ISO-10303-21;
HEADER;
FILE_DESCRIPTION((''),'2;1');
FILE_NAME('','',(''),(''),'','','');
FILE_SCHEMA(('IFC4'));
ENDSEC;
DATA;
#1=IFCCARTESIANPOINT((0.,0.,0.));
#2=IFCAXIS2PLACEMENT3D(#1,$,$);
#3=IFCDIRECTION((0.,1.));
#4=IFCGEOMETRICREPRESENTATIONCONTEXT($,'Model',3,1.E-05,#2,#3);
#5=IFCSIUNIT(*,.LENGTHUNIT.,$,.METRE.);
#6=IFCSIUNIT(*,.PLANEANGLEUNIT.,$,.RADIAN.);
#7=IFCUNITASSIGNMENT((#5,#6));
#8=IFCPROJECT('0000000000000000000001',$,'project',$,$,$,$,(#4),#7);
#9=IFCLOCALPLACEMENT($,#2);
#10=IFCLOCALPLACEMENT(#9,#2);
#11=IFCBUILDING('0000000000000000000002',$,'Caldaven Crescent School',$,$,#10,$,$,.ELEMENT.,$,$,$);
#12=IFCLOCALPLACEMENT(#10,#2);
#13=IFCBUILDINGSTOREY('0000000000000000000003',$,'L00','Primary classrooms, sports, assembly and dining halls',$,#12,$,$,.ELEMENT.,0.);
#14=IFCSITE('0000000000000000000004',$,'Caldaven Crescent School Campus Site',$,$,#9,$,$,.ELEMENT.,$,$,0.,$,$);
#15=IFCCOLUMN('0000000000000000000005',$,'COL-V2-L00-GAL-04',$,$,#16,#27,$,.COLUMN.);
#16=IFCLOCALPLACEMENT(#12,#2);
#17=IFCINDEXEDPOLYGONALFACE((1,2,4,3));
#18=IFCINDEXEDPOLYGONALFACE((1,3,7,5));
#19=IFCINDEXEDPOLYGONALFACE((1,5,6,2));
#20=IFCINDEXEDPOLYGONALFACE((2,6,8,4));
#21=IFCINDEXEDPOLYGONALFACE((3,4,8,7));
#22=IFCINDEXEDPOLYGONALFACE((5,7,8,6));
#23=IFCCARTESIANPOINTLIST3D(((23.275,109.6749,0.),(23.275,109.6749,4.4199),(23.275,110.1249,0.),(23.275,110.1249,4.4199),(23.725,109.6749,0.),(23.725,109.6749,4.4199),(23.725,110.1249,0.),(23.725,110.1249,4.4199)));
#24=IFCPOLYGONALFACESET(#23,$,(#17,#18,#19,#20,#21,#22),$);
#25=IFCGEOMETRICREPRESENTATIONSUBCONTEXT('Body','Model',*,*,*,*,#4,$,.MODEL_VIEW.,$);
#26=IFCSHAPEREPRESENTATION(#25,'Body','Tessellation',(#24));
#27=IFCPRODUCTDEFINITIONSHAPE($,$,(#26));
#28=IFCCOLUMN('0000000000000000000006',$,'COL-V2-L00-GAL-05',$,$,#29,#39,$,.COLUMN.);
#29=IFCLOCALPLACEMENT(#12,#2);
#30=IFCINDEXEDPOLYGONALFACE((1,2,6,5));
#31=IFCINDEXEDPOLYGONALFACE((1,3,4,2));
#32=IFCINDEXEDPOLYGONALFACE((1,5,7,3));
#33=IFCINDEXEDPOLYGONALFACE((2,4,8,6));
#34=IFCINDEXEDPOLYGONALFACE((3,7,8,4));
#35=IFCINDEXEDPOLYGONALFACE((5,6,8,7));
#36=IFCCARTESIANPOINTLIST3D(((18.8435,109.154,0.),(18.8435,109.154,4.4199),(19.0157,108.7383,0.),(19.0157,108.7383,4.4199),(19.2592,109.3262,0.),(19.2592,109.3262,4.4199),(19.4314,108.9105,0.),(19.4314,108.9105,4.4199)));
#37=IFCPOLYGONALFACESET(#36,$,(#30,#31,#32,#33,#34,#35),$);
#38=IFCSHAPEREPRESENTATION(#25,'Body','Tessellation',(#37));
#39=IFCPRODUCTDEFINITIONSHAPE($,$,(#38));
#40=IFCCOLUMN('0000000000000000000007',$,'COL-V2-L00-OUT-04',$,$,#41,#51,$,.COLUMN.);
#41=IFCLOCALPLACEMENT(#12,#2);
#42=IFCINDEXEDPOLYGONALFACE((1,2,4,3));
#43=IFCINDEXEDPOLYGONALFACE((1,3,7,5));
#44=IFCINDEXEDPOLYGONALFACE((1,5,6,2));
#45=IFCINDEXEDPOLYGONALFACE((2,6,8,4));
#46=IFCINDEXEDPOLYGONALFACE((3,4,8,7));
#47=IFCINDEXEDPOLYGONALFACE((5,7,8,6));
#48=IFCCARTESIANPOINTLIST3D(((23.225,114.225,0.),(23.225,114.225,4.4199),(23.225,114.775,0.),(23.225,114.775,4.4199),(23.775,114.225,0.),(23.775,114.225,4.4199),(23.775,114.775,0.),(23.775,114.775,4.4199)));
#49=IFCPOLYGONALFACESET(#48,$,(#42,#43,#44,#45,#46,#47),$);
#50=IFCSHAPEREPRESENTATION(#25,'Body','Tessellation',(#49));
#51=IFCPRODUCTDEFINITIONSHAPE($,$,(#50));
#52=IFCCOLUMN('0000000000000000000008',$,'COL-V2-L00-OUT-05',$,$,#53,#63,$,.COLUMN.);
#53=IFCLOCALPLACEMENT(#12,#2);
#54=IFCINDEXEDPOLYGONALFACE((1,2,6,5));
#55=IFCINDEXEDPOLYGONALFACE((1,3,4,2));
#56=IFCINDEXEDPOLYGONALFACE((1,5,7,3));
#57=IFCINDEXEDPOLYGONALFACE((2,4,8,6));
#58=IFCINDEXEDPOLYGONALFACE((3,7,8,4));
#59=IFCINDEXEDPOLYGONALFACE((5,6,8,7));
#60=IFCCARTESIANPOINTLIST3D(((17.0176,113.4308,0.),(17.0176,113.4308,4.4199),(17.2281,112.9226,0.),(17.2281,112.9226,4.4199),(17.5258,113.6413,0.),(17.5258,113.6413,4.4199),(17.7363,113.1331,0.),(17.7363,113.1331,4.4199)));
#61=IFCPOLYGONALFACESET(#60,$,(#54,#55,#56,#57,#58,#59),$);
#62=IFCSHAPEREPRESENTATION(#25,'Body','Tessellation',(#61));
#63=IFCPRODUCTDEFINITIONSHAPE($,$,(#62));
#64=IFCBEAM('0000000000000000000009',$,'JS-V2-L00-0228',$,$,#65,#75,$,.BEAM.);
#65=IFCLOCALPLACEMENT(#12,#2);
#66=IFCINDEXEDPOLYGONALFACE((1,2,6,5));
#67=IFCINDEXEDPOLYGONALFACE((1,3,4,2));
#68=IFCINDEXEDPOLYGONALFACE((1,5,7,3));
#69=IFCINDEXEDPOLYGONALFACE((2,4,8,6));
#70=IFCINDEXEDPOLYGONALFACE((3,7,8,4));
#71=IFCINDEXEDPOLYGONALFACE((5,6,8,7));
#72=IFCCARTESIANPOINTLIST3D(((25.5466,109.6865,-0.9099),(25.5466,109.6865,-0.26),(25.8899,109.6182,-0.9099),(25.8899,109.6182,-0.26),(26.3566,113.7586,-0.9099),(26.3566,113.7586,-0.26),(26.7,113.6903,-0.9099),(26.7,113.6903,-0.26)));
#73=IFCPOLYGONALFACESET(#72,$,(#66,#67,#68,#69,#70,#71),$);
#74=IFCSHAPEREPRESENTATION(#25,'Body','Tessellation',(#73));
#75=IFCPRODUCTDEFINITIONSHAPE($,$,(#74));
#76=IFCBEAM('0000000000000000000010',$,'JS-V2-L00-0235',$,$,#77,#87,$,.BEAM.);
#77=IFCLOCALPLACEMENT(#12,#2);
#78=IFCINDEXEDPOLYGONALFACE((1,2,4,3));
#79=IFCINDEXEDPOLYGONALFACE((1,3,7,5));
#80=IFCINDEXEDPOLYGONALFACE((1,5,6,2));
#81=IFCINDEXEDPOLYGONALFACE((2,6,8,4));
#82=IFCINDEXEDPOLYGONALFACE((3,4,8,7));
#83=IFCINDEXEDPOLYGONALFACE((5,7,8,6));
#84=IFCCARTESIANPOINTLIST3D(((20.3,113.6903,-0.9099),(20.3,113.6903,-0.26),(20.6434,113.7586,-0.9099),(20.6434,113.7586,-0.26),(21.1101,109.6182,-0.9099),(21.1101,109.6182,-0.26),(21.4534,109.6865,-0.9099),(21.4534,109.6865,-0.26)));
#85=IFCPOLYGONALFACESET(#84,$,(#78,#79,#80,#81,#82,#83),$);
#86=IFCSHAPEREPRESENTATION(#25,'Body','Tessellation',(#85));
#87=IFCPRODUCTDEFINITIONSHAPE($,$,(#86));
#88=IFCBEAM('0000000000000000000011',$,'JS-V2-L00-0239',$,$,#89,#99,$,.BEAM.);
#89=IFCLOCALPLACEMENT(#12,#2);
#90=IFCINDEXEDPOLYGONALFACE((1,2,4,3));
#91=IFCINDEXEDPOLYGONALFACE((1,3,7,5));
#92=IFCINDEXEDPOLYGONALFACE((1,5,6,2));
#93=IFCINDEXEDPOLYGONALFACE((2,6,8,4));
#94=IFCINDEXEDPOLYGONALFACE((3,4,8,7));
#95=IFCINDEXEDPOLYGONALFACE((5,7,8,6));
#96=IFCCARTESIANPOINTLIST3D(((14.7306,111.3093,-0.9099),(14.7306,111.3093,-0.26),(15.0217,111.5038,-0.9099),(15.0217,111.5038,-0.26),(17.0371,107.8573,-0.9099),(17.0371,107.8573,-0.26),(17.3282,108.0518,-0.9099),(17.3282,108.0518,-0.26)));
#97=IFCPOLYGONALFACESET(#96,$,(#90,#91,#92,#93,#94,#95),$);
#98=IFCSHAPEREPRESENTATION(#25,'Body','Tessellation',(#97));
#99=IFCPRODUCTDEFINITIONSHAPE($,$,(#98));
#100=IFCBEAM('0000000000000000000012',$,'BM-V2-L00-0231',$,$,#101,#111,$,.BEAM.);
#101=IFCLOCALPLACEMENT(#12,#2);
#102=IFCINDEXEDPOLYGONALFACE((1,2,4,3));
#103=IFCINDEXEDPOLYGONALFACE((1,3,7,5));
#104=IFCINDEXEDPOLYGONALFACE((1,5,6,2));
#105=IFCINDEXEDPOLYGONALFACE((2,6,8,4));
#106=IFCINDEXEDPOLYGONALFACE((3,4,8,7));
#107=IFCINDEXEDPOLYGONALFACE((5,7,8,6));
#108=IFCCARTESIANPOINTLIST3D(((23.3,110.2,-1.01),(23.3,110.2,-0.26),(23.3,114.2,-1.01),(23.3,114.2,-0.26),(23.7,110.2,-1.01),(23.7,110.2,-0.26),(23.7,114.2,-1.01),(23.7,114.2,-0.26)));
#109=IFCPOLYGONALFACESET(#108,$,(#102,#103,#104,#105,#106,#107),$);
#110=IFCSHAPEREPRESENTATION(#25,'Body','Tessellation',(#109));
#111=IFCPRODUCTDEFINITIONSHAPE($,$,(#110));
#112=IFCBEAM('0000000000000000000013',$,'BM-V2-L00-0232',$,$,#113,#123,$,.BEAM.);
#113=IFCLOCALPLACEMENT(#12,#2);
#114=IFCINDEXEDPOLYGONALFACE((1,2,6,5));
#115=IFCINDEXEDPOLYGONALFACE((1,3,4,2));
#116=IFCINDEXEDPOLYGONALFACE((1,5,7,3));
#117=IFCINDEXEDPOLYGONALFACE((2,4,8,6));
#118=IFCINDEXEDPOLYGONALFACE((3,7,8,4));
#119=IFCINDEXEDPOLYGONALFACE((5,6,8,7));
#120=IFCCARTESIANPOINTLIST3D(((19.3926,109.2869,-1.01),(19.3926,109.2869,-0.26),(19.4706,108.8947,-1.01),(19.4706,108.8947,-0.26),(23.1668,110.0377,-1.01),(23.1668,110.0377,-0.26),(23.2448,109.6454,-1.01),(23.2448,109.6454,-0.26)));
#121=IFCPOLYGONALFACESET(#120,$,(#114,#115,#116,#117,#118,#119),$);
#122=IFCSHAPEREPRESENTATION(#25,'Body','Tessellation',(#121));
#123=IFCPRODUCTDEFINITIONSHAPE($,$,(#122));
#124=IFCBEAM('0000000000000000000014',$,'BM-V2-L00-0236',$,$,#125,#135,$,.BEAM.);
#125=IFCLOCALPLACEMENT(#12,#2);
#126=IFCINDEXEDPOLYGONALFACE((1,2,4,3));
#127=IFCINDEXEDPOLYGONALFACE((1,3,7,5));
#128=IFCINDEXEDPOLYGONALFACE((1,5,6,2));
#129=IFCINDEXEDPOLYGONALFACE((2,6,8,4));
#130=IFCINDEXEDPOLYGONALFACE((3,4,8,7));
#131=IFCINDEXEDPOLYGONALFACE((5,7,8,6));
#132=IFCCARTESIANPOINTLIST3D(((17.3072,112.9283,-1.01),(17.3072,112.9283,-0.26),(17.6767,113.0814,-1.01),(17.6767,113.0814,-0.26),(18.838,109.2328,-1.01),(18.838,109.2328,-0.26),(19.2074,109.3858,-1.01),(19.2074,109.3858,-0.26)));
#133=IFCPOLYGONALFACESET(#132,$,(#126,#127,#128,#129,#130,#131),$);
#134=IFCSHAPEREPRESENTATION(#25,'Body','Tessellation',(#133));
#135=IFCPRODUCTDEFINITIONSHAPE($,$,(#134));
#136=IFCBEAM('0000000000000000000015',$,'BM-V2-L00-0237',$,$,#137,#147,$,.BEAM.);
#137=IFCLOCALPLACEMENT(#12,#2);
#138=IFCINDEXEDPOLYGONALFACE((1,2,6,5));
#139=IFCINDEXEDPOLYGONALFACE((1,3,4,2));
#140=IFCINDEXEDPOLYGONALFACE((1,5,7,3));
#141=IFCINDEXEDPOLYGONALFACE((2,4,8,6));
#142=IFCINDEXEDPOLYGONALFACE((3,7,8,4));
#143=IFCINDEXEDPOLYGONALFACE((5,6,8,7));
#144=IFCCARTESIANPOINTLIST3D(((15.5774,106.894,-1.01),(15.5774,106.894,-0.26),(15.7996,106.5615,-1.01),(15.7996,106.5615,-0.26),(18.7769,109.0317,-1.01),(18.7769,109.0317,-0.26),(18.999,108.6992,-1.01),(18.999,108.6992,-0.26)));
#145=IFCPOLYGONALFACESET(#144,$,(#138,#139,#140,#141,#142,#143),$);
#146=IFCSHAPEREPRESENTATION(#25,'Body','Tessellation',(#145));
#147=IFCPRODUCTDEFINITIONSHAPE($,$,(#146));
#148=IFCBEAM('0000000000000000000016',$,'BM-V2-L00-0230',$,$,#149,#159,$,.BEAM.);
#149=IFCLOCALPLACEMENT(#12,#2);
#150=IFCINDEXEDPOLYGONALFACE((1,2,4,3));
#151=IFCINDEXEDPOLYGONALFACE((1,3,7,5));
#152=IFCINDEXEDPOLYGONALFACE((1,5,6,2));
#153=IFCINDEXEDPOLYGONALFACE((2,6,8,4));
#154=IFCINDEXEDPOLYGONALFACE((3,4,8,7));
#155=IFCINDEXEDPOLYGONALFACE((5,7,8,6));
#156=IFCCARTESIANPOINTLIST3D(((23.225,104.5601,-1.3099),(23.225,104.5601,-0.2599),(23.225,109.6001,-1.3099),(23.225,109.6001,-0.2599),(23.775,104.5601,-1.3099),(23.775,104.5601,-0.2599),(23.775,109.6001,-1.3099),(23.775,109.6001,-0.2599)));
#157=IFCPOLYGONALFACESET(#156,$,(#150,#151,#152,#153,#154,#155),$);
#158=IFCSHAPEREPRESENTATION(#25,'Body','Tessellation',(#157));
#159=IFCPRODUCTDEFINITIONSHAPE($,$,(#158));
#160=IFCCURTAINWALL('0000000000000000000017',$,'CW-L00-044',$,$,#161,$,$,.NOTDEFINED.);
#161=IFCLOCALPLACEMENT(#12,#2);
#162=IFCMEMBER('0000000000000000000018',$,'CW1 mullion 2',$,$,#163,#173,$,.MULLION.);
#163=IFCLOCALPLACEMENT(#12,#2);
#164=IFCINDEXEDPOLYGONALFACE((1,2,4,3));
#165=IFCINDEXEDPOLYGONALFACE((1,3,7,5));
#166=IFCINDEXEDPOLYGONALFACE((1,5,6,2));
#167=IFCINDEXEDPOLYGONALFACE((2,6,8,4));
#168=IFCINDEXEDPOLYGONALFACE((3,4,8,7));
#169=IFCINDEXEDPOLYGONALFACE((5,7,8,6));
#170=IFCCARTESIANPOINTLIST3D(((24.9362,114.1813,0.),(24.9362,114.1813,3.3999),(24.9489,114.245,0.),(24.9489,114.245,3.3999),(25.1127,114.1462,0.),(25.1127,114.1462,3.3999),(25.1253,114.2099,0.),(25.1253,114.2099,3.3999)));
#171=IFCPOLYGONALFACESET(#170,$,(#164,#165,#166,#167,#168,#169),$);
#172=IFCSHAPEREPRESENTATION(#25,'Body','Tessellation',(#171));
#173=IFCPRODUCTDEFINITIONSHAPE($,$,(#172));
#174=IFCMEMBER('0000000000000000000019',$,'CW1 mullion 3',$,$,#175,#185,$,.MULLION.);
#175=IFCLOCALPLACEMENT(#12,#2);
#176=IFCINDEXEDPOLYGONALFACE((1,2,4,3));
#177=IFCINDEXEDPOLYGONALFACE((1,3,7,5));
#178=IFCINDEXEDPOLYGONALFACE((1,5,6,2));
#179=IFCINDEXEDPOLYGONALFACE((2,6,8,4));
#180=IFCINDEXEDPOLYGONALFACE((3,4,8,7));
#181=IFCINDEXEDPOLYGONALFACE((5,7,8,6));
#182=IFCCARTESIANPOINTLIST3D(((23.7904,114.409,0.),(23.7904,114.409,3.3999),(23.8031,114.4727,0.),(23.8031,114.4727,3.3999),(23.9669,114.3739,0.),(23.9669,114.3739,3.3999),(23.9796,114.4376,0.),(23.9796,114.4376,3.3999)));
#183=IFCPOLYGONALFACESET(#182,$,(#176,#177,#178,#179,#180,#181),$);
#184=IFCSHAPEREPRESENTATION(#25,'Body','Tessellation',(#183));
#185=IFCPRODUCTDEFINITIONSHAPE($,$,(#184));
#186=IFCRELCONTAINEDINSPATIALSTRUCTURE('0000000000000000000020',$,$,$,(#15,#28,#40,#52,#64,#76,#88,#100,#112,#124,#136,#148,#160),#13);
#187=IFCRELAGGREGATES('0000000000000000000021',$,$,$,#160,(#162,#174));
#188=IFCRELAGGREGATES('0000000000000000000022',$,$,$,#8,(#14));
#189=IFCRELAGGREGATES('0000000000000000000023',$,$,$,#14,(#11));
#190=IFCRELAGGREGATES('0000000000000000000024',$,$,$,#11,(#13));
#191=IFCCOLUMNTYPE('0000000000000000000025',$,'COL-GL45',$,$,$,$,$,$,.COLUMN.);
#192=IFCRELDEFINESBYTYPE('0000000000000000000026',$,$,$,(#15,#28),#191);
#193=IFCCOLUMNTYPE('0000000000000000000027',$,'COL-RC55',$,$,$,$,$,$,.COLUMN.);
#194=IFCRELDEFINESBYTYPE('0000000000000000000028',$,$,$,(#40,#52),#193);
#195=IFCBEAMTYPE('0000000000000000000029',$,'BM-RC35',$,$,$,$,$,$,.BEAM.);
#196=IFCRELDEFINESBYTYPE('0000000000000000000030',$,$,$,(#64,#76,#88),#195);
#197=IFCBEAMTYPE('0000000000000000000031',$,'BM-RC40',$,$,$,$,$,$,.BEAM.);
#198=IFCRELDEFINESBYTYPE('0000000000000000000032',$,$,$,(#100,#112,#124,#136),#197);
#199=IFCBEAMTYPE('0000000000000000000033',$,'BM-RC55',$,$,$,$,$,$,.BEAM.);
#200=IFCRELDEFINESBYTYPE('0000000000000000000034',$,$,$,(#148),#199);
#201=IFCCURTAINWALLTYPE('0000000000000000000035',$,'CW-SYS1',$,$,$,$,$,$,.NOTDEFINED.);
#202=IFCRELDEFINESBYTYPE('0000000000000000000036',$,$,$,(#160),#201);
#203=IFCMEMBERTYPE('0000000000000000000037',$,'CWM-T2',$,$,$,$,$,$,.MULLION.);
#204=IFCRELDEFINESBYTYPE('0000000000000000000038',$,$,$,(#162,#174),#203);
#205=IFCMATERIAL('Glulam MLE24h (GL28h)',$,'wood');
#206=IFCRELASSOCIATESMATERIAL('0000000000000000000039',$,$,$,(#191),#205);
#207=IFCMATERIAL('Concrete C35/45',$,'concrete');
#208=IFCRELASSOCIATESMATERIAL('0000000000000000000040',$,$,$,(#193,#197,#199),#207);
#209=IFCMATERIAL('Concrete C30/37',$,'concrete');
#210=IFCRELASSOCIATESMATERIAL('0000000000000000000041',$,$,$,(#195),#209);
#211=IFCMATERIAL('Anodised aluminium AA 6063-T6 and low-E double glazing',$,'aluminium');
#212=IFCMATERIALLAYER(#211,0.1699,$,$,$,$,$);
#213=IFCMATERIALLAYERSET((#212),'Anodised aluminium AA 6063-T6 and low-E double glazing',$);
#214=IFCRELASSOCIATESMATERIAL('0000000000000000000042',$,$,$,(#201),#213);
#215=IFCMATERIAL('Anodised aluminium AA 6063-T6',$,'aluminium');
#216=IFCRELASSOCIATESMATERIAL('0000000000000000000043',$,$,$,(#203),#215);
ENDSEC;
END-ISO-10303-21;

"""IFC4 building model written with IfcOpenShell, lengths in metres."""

from ifc_helpers import new_model, si_unit, direction, frame, origin, origin_2d, place, context, subcontext, project, spatial, rectangle, extrude, material, layer, layer_set, material_profile, profile_set, type_object, element, aggregate, save


model = new_model("IFC4")

# Units and contexts
model_context = context("Model", 3, precision=1e-05, world=origin(), true_north=direction((0.0, 1.0)))
body_context = subcontext(model_context, "Body", "Model", "MODEL_VIEW")
ifc_project = project(units=[si_unit("LENGTHUNIT", "METRE"), si_unit("PLANEANGLEUNIT", "RADIAN")], contexts=[model_context])

# Site, building, storey
site_placement = place(None, origin())
site = spatial("IfcSite", under=ifc_project, at=site_placement, Name="Caldaven Crescent School Campus Site", CompositionType="ELEMENT", RefElevation=0.0)
building_placement = place(site_placement, origin())
building = spatial("IfcBuilding", under=site, at=building_placement, Name="Caldaven Crescent School", CompositionType="ELEMENT")
storey_placement = place(building_placement, origin())
storey = spatial("IfcBuildingStorey", under=building, at=storey_placement, Name="L00", Description="Primary classrooms, sports, assembly and dining halls", CompositionType="ELEMENT", Elevation=0.0)

# Columns
ifc_material_1 = material(Name="Glulam MLE24h (GL28h)", Category="wood")
ifc_material_profile_1 = material_profile(ifc_material_1, rectangle(XDim=0.45, YDim=0.45, at=origin_2d()), Name="MLE 450x450")
ifc_profile_set_1 = profile_set([ifc_material_profile_1], Name="Glulam MLE24h (GL28h)")
column_type_1 = type_object("IfcColumnType", Name="COL-GL45", PredefinedType="COLUMN", material=ifc_profile_set_1)
for number, where, z_axis, x_axis, name in (
    (1, (23.5, 109.8999, 0.0), (0.0, 0.0, 1.0), (0.0, 1.0, 0.0), "COL-V2-L00-GAL-04"),
    (2, (19.1375, 109.0322, 0.0), (0.0, 0.0, 1.0), (-0.382683, 0.92388, 0.0), "COL-V2-L00-GAL-05"),
):
    element("IfcColumn", number, at=place(storey_placement, frame(where, z_axis=z_axis, x_axis=x_axis)), inside=storey, type_object=column_type_1, Name=name, PredefinedType="COLUMN", context=body_context, shape_type="SweptSolid", body=[
        extrude(rectangle(XDim=0.45, YDim=0.45, at=origin_2d()), origin(), (0.0, 0.0, 1.0), 4.4199),
    ])
ifc_material_2 = material(Name="Concrete C35/45", Category="concrete")
ifc_material_profile_2 = material_profile(ifc_material_2, rectangle(XDim=0.55, YDim=0.55, at=origin_2d()), Name="RC 550x550")
ifc_profile_set_2 = profile_set([ifc_material_profile_2], Name="Concrete C35/45")
column_type_2 = type_object("IfcColumnType", Name="COL-RC55", PredefinedType="COLUMN", material=ifc_profile_set_2)
for number, where, z_axis, x_axis, name in (
    (3, (23.5, 114.5, 0.0), (0.0, 0.0, 1.0), (0.0, 1.0, 0.0), "COL-V2-L00-OUT-04"),
    (4, (17.377, 113.282, 0.0), (0.0, 0.0, 1.0), (-0.382683, 0.92388, 0.0), "COL-V2-L00-OUT-05"),
):
    element("IfcColumn", number, at=place(storey_placement, frame(where, z_axis=z_axis, x_axis=x_axis)), inside=storey, type_object=column_type_2, Name=name, PredefinedType="COLUMN", context=body_context, shape_type="SweptSolid", body=[
        extrude(rectangle(XDim=0.55, YDim=0.55, at=origin_2d()), origin(), (0.0, 0.0, 1.0), 4.4199),
    ])

# Beams
ifc_material_3 = material(Name="Concrete C30/37", Category="concrete")
ifc_material_profile_3 = material_profile(ifc_material_3, rectangle(XDim=0.3501, YDim=0.6499, at=origin_2d()), Name="RC 350x650")
ifc_profile_set_3 = profile_set([ifc_material_profile_3], Name="Concrete C30/37")
beam_type_1 = type_object("IfcBeamType", Name="BM-RC35", PredefinedType="BEAM", material=ifc_profile_set_3)
for number, where, z_axis, x_axis, name in (
    (5, (25.7183, 109.6523, -0.585), (0.19511, 0.980781, 0.0), (-0.980781, 0.19511, 0.0), "JS-V2-L00-0228"),
    (6, (21.2817, 109.6523, -0.585), (-0.19511, 0.980781, 0.0), (-0.980781, -0.19511, 0.0), "JS-V2-L00-0235"),
):
    element("IfcBeam", number, at=place(storey_placement, frame(where, z_axis=z_axis, x_axis=x_axis)), inside=storey, type_object=beam_type_1, Name=name, PredefinedType="BEAM", context=body_context, shape_type="SweptSolid", body=[
        extrude(rectangle(XDim=0.3501, YDim=0.6499, at=origin_2d()), origin(), (0.0, 0.0, 1.0), 4.1519),
    ])
beam_1_placement = place(storey_placement, frame((17.1826, 107.9546, -0.585), z_axis=(-0.555555, 0.83148, 0.0), x_axis=(-0.83148, -0.555555, 0.0)))
element("IfcBeam", 7, at=beam_1_placement, inside=storey, type_object=beam_type_1, Name="JS-V2-L00-0239", PredefinedType="BEAM", context=body_context, shape_type="SweptSolid", body=[
    extrude(rectangle(XDim=0.3501, YDim=0.6499, at=origin_2d()), origin(), (0.0, 0.0, 1.0), 4.1516),
])
ifc_material_profile_4 = material_profile(ifc_material_2, rectangle(XDim=0.3999, YDim=0.75, at=origin_2d()), Name="RC 400x750")
ifc_profile_set_4 = profile_set([ifc_material_profile_4], Name="Concrete C35/45")
beam_type_2 = type_object("IfcBeamType", Name="BM-RC40", PredefinedType="BEAM", material=ifc_profile_set_4)
beam_2_placement = place(storey_placement, frame((23.5, 110.2, -0.635), z_axis=(0.0, 1.0, 0.0), x_axis=(-1.0, 0.0, 0.0)))
element("IfcBeam", 8, at=beam_2_placement, inside=storey, type_object=beam_type_2, Name="BM-V2-L00-0231", PredefinedType="BEAM", context=body_context, shape_type="SweptSolid", body=[
    extrude(rectangle(XDim=0.3999, YDim=0.75, at=origin_2d()), origin(), (0.0, 0.0, 1.0), 4.0),
])
beam_3_placement = place(storey_placement, frame((23.2058, 109.8416, -0.635), z_axis=(-0.980785, -0.195091, 0.0), x_axis=(0.195091, -0.980785, 0.0)))
element("IfcBeam", 9, at=beam_3_placement, inside=storey, type_object=beam_type_2, Name="BM-V2-L00-0232", PredefinedType="BEAM", context=body_context, shape_type="SweptSolid", body=[
    extrude(rectangle(XDim=0.3999, YDim=0.75, at=origin_2d()), origin(), (0.0, 0.0, 1.0), 3.8481),
])
beam_4_placement = place(storey_placement, frame((19.0227, 109.3093, -0.635), z_axis=(-0.382686, 0.923878, 0.0), x_axis=(-0.923878, -0.382686, 0.0)))
element("IfcBeam", 10, at=beam_4_placement, inside=storey, type_object=beam_type_2, Name="BM-V2-L00-0236", PredefinedType="BEAM", context=body_context, shape_type="SweptSolid", body=[
    extrude(rectangle(XDim=0.3999, YDim=0.75, at=origin_2d()), origin(), (0.0, 0.0, 1.0), 4.0),
])
beam_5_placement = place(storey_placement, frame((18.8879, 108.8655, -0.635), z_axis=(-0.831484, -0.555549, 0.0), x_axis=(0.555549, -0.831484, 0.0)))
element("IfcBeam", 11, at=beam_5_placement, inside=storey, type_object=beam_type_2, Name="BM-V2-L00-0237", PredefinedType="BEAM", context=body_context, shape_type="SweptSolid", body=[
    extrude(rectangle(XDim=0.3999, YDim=0.75, at=origin_2d()), origin(), (0.0, 0.0, 1.0), 3.8479),
])
ifc_material_profile_5 = material_profile(ifc_material_2, rectangle(XDim=0.55, YDim=1.05, at=origin_2d()), Name="RC 550x1050")
ifc_profile_set_5 = profile_set([ifc_material_profile_5], Name="Concrete C35/45")
beam_type_3 = type_object("IfcBeamType", Name="BM-RC55", PredefinedType="BEAM", material=ifc_profile_set_5)
beam_6_placement = place(storey_placement, frame((23.5, 104.5601, -0.7849), z_axis=(0.0, 1.0, 0.0), x_axis=(-1.0, 0.0, 0.0)))
element("IfcBeam", 12, at=beam_6_placement, inside=storey, type_object=beam_type_3, Name="BM-V2-L00-0230", PredefinedType="BEAM", context=body_context, shape_type="SweptSolid", body=[
    extrude(rectangle(XDim=0.55, YDim=1.05, at=origin_2d()), origin(), (0.0, 0.0, 1.0), 5.04),
])

# Curtain wall, members
ifc_material_4 = material(Name="Anodised aluminium AA 6063-T6 and low-E double glazing", Category="aluminium")
ifc_layer_1 = layer(ifc_material_4, 0.1699)
ifc_layer_set_1 = layer_set([ifc_layer_1], Name="Anodised aluminium AA 6063-T6 and low-E double glazing")
curtain_wall_type_1 = type_object("IfcCurtainWallType", Name="CW-SYS1", PredefinedType="NOTDEFINED", material=ifc_layer_set_1)
curtain_wall_1_placement = place(storey_placement, origin())
curtain_wall_1 = element("IfcCurtainWall", 13, at=curtain_wall_1_placement, inside=storey, type_object=curtain_wall_type_1, Name="CW-L00-044", PredefinedType="NOTDEFINED")
ifc_material_5 = material(Name="Anodised aluminium AA 6063-T6", Category="aluminium")
ifc_material_profile_6 = material_profile(ifc_material_5, rectangle(XDim=0.0649, YDim=0.1799, at=origin_2d()), Name="CWM 65x180")
ifc_profile_set_6 = profile_set([ifc_material_profile_6], Name="Anodised aluminium AA 6063-T6")
member_type_1 = type_object("IfcMemberType", Name="CWM-T2", PredefinedType="MULLION", material=ifc_profile_set_6)
member_1_placement = place(storey_placement, frame((25.0308, 114.1956, 0.0), z_axis=(0.0, 0.0, 1.0), x_axis=(-0.195091, -0.980785, 0.0)))
member_1 = element("IfcMember", 14, at=member_1_placement, type_object=member_type_1, Name="CW1 mullion 2", PredefinedType="MULLION", context=body_context, shape_type="SweptSolid", body=[
    extrude(rectangle(XDim=0.0649, YDim=0.1799, at=origin_2d()), origin(), (0.0, 0.0, 1.0), 3.3999),
])
member_2_placement = place(storey_placement, frame((23.885, 114.4233, 0.0), z_axis=(0.0, 0.0, 1.0), x_axis=(-0.195091, -0.980785, 0.0)))
member_2 = element("IfcMember", 15, at=member_2_placement, type_object=member_type_1, Name="CW1 mullion 3", PredefinedType="MULLION", context=body_context, shape_type="SweptSolid", body=[
    extrude(rectangle(XDim=0.0649, YDim=0.1799, at=origin_2d()), origin(), (0.0, 0.0, 1.0), 3.3999),
])

aggregate(curtain_wall_1, [member_1, member_2])

save(model, "model.ifc")
